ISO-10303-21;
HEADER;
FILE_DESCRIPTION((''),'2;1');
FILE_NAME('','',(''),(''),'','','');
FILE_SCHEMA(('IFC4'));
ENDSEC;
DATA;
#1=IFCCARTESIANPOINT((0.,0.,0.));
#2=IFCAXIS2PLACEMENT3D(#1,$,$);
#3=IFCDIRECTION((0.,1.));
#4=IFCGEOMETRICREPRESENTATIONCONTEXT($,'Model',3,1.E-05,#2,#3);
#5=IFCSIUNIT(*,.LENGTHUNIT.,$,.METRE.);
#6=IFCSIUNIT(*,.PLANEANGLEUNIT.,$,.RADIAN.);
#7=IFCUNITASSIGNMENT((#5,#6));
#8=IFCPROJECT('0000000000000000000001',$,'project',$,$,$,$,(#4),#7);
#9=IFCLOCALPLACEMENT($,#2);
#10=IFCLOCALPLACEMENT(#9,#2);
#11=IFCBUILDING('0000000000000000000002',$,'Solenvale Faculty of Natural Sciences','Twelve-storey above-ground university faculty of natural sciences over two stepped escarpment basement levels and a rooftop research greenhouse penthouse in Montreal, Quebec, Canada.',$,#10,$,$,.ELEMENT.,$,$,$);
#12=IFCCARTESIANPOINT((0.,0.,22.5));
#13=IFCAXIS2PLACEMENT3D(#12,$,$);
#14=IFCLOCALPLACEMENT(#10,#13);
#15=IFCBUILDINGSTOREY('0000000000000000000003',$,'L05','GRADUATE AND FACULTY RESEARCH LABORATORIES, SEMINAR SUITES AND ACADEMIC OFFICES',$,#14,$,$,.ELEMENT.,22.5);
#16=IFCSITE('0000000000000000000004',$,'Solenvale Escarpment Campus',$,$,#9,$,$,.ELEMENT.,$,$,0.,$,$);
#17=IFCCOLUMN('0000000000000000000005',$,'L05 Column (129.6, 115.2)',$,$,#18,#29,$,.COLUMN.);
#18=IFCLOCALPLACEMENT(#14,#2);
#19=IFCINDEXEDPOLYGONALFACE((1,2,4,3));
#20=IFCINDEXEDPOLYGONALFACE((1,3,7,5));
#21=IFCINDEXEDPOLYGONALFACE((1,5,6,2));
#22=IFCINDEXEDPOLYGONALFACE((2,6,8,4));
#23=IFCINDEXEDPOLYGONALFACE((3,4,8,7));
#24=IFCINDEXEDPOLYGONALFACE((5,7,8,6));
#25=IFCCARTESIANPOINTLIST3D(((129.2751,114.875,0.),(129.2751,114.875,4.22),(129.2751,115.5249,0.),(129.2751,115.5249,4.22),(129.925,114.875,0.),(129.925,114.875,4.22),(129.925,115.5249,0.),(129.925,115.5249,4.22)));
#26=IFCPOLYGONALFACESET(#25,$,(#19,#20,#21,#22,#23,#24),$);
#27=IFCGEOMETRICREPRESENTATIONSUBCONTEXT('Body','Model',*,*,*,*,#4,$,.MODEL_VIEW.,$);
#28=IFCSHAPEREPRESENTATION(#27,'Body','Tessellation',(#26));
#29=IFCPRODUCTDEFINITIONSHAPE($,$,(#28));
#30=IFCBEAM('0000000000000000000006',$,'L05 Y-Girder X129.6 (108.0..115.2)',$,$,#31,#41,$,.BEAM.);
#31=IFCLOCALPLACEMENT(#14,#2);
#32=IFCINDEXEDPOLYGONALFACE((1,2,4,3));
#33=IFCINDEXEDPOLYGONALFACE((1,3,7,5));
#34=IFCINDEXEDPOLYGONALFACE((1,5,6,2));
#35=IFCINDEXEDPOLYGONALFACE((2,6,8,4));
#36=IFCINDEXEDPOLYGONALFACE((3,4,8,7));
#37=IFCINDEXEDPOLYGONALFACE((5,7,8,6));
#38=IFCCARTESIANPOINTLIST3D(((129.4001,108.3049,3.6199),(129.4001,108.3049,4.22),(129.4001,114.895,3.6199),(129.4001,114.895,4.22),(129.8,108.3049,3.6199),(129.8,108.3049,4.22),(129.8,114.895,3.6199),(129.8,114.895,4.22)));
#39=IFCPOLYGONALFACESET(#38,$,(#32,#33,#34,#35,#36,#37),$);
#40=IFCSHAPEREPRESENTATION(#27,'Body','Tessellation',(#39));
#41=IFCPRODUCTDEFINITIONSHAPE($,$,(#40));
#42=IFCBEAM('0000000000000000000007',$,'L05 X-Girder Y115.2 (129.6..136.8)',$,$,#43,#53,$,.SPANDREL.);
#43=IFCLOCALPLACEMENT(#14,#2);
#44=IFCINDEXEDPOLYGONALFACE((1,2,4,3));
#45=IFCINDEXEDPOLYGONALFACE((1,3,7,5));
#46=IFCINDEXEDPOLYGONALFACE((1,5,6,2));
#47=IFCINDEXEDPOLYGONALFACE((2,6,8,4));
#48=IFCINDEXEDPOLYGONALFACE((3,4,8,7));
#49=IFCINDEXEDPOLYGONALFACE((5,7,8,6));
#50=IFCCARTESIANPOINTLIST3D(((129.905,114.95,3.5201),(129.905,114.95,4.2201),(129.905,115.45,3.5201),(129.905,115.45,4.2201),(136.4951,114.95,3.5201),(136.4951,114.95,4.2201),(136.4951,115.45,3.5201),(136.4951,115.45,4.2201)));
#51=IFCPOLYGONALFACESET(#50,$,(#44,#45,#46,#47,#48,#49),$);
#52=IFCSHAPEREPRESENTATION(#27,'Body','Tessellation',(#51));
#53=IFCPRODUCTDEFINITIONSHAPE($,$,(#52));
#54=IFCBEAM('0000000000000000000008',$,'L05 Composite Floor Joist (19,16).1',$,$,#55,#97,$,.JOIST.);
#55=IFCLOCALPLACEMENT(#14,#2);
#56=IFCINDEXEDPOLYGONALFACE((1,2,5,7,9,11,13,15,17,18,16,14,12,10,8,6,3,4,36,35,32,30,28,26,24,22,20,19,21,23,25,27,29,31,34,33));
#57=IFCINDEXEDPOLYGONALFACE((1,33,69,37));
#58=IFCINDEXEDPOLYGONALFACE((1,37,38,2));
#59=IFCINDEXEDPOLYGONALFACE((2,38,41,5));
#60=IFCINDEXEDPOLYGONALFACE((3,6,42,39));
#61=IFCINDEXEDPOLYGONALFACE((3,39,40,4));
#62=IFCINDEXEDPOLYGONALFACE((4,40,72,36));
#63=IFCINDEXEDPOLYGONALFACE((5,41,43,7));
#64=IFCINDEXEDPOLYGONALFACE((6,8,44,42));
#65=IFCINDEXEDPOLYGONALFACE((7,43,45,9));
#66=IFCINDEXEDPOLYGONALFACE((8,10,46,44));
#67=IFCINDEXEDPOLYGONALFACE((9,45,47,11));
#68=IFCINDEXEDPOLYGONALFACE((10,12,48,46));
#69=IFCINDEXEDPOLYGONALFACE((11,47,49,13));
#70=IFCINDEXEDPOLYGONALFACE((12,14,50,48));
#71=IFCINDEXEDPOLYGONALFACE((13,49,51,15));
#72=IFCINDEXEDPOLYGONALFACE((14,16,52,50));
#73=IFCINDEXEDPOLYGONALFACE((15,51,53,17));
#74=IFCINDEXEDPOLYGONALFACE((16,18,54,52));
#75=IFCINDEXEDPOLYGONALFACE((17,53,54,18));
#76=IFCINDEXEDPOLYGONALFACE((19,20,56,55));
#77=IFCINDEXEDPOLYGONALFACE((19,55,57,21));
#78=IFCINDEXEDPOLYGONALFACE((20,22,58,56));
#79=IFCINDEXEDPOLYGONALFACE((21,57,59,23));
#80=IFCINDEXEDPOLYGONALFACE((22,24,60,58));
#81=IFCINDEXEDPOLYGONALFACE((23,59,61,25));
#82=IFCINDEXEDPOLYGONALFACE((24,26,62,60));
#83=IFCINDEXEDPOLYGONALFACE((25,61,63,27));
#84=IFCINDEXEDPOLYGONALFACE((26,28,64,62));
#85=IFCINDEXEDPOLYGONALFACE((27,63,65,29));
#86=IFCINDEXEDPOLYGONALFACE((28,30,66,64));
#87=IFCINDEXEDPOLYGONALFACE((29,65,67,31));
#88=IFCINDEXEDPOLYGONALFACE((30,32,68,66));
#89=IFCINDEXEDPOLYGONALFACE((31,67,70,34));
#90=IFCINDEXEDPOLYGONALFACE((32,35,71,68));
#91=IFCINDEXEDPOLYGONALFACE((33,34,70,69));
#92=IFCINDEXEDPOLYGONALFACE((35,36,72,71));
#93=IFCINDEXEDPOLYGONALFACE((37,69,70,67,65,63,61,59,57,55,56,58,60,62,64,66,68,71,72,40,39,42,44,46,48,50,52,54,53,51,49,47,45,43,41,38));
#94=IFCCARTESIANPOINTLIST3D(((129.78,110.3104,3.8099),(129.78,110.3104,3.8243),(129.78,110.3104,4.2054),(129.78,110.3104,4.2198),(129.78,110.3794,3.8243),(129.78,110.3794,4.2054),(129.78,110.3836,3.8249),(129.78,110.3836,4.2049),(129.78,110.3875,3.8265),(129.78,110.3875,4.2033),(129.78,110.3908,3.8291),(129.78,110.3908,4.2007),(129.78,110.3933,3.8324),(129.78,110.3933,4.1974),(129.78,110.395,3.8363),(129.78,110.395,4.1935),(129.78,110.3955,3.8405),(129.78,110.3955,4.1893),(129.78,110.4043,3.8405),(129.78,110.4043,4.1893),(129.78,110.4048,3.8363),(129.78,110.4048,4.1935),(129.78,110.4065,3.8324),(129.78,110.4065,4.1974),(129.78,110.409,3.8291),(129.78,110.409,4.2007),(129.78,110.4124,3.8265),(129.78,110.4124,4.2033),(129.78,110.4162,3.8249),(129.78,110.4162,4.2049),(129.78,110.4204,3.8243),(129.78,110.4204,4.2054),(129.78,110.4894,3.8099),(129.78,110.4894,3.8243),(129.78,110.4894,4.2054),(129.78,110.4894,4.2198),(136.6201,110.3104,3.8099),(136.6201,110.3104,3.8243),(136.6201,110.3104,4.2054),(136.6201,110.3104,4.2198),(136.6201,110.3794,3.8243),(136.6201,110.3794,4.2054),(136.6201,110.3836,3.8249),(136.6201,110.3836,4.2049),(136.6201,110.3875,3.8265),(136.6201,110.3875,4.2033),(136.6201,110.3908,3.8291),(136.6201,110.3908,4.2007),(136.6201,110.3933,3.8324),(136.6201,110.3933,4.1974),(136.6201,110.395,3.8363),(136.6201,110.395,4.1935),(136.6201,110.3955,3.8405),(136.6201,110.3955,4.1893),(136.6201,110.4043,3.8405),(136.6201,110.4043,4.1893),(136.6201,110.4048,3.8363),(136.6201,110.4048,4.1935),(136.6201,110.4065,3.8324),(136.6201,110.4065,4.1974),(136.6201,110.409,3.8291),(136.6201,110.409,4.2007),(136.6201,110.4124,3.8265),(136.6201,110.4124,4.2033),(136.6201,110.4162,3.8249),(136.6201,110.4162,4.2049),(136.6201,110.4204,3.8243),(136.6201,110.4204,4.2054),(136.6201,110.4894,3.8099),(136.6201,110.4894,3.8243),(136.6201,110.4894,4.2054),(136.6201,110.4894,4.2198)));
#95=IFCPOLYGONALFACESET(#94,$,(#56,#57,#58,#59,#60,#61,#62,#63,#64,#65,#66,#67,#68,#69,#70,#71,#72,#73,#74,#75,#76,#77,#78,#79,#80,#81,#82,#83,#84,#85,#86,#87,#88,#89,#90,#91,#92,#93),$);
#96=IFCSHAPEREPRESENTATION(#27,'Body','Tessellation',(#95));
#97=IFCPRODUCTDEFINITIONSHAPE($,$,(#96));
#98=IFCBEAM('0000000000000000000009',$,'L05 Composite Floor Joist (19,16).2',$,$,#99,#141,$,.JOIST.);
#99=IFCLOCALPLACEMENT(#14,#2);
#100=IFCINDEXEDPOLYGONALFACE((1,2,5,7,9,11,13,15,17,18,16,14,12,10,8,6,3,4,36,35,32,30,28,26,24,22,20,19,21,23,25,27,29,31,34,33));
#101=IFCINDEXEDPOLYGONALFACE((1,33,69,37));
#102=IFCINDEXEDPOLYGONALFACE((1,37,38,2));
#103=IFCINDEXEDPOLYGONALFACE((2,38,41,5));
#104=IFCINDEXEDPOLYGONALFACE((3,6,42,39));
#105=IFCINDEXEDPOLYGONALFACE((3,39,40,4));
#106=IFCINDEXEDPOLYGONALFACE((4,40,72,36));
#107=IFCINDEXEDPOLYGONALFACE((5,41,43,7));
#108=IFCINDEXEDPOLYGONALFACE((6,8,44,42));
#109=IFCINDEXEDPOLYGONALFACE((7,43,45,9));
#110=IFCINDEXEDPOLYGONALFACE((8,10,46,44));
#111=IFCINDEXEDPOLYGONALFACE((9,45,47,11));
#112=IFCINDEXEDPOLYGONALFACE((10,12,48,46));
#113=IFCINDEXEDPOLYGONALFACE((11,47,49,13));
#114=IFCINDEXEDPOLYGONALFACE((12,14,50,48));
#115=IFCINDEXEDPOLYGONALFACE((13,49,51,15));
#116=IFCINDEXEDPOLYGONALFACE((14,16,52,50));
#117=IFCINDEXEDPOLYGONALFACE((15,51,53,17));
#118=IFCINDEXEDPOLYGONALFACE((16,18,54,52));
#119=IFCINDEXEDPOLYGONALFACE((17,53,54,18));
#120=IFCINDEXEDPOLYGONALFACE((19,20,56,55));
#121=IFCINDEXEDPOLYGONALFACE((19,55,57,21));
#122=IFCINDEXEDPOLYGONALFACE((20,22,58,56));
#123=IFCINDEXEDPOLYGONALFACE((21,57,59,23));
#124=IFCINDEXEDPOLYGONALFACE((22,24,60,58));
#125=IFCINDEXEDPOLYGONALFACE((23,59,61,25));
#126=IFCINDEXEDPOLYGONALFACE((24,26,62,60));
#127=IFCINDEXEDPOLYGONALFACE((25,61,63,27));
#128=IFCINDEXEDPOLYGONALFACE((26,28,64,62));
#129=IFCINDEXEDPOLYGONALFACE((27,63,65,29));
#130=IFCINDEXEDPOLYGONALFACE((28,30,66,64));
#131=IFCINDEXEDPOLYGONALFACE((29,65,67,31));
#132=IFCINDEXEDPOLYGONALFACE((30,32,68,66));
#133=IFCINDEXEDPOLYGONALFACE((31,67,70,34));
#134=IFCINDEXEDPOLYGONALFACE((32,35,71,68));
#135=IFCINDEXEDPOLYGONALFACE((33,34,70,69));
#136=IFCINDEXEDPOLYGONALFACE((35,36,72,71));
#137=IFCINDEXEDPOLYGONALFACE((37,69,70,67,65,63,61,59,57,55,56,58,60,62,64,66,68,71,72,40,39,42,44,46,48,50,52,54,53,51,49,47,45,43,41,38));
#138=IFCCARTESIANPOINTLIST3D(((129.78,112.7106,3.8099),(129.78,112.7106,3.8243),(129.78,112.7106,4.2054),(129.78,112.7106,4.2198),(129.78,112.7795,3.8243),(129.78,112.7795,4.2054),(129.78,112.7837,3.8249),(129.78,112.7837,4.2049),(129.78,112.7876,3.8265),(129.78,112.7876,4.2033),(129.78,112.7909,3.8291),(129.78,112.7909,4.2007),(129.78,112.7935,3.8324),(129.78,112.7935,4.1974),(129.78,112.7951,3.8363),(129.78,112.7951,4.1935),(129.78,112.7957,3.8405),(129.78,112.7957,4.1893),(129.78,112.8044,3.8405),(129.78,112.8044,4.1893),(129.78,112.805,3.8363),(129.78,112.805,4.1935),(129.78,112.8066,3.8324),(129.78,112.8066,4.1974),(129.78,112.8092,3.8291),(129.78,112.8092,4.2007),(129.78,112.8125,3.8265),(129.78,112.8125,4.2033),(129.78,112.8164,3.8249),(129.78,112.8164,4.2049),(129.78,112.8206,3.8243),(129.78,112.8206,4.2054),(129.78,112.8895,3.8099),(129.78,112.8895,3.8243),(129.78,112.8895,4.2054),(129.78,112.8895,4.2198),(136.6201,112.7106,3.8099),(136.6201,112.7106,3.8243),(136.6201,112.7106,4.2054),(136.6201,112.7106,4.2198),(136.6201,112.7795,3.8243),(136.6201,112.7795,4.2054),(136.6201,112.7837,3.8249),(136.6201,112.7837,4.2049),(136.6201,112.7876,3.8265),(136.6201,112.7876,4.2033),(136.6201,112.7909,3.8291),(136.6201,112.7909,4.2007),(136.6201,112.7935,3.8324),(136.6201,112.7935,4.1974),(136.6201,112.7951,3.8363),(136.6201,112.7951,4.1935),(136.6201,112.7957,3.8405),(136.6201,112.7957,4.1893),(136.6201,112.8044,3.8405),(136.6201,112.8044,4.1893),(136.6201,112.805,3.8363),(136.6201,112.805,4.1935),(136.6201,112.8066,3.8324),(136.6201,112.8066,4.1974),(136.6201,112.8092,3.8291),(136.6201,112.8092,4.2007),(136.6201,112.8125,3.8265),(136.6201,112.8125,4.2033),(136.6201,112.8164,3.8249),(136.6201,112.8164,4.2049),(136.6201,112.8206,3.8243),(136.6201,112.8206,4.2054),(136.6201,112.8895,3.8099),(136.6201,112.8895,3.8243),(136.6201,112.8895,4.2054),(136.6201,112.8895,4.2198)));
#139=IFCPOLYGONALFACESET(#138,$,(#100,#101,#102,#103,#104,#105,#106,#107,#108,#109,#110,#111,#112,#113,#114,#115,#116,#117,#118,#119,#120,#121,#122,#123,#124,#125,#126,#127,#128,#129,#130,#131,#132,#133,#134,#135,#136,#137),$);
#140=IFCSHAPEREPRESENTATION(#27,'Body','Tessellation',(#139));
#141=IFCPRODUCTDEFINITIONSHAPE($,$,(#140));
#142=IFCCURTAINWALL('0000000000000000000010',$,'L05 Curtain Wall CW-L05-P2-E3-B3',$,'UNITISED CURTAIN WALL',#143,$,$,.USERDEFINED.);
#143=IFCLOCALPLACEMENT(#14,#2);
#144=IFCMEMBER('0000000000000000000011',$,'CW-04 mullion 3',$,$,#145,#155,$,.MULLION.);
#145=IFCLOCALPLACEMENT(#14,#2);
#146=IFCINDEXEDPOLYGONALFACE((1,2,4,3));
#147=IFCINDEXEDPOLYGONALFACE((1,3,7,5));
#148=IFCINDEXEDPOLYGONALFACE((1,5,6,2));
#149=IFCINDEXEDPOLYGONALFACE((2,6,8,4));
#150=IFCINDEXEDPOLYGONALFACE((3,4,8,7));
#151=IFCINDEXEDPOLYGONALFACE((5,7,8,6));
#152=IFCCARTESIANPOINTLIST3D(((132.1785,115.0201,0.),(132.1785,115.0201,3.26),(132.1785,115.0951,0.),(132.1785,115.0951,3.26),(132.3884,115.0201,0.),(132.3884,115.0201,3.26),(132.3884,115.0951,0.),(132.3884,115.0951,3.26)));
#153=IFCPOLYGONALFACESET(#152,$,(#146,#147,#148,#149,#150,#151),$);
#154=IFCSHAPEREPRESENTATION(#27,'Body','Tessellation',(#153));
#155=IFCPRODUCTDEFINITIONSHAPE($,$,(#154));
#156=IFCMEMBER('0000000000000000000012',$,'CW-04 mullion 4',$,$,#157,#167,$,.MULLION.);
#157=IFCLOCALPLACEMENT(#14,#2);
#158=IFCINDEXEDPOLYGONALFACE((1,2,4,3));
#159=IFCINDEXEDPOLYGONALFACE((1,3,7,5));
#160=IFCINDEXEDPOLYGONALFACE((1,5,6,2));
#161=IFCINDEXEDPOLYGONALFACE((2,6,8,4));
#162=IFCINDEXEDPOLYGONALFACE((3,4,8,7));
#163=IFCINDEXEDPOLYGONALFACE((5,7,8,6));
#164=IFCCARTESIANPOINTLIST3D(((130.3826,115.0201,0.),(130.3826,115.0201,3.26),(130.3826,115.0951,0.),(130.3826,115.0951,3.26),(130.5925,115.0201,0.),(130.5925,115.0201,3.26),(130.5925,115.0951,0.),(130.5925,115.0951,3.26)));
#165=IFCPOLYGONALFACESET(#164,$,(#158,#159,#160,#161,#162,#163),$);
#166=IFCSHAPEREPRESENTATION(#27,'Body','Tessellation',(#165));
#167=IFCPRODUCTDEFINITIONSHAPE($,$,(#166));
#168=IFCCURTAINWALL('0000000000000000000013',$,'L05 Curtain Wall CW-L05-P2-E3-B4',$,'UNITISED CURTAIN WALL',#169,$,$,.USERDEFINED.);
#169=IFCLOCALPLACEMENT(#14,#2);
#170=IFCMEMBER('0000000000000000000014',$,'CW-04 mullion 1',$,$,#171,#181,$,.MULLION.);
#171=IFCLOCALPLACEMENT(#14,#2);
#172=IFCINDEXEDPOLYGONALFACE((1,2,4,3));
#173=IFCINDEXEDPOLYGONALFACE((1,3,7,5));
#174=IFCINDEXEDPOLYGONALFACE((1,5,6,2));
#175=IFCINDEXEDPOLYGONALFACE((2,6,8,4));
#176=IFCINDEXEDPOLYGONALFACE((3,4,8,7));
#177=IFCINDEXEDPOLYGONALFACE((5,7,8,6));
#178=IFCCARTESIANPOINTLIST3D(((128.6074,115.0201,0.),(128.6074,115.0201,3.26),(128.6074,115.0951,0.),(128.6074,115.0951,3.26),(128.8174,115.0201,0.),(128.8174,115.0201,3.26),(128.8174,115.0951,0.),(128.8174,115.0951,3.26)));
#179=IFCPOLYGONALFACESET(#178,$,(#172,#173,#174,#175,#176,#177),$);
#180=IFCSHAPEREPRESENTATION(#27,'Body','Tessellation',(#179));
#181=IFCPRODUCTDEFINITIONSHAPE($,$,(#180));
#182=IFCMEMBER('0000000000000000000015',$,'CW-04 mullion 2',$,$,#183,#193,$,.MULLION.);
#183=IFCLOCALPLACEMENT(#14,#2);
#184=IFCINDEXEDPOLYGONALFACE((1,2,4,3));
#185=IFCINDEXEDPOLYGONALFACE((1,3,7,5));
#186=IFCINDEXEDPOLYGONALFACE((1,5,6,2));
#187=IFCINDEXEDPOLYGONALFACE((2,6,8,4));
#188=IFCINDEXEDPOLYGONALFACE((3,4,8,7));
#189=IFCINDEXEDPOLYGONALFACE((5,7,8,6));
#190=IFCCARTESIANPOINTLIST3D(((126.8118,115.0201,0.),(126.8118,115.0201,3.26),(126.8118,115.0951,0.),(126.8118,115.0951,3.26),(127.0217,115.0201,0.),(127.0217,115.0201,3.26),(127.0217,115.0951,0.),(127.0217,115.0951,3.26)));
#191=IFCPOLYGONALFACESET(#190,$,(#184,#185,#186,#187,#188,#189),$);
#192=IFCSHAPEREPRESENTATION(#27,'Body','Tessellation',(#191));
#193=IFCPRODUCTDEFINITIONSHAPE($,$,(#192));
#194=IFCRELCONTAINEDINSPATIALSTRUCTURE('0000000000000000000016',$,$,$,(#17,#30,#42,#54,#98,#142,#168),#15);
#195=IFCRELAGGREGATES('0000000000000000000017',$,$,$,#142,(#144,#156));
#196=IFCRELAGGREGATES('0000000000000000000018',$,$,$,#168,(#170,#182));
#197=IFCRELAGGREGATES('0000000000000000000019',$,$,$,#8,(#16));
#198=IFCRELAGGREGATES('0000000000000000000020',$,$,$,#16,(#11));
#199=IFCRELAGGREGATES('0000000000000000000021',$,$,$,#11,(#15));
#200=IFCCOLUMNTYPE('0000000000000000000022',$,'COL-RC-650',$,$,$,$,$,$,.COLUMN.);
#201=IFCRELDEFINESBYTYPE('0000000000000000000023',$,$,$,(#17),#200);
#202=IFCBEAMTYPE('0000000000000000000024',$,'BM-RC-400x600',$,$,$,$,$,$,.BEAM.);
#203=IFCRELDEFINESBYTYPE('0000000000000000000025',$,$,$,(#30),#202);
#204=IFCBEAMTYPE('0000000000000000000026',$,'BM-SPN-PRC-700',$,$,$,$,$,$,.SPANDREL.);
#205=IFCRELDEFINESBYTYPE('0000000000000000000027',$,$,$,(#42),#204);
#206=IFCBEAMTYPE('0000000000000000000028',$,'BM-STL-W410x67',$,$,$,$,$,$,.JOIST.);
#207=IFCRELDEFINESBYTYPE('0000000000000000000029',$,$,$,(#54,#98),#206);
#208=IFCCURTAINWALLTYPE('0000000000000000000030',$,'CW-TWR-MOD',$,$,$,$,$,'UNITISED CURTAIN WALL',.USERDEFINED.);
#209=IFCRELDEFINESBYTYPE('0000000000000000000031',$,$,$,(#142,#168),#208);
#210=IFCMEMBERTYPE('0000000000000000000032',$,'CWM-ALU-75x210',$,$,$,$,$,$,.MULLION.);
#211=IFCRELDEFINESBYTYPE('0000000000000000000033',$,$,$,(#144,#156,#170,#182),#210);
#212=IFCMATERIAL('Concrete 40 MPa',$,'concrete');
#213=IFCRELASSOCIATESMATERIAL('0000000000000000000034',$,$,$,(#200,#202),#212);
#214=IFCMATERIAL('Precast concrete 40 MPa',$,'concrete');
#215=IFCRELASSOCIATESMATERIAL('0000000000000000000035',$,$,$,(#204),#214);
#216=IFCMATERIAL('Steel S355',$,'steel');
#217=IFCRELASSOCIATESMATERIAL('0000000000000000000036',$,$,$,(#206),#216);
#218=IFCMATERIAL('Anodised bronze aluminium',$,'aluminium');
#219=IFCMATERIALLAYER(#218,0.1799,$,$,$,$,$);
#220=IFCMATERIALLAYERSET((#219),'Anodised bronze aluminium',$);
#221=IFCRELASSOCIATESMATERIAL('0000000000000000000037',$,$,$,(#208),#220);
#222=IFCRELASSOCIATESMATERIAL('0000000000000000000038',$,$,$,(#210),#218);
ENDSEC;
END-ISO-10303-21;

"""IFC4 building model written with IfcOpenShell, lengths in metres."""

from ifc_helpers import new_model, si_unit, direction, frame, origin, origin_2d, place, context, subcontext, project, spatial, rectangle, i_section, extrude, material, layer, layer_set, material_profile, profile_set, type_object, element, aggregate, save


model = new_model("IFC4")

# Units and contexts
model_context = context("Model", 3, precision=1e-05, world=origin(), true_north=direction((0.0, 1.0)))
body_context = subcontext(model_context, "Body", "Model", "MODEL_VIEW")
ifc_project = project(units=[si_unit("LENGTHUNIT", "METRE"), si_unit("PLANEANGLEUNIT", "RADIAN")], contexts=[model_context])

# Site, building, storey
site_placement = place(None, origin())
site = spatial("IfcSite", under=ifc_project, at=site_placement, Name="Solenvale Escarpment Campus", CompositionType="ELEMENT", RefElevation=0.0)
building_placement = place(site_placement, origin())
building = spatial("IfcBuilding", under=site, at=building_placement, Name="Solenvale Faculty of Natural Sciences", Description="Twelve-storey above-ground university faculty of natural sciences over two stepped escarpment basement levels and a rooftop research greenhouse penthouse in Montreal, Quebec, Canada.", CompositionType="ELEMENT")
storey_placement = place(building_placement, frame((0.0, 0.0, 22.5)))
storey = spatial("IfcBuildingStorey", under=building, at=storey_placement, Name="L05", Description="GRADUATE AND FACULTY RESEARCH LABORATORIES, SEMINAR SUITES AND ACADEMIC OFFICES", CompositionType="ELEMENT", Elevation=22.5)

# Column
ifc_material_1 = material(Name="Concrete 40 MPa", Category="concrete")
ifc_material_profile_1 = material_profile(ifc_material_1, rectangle(XDim=0.6499, YDim=0.6499, at=origin_2d()), Name="RC-COL-650x650")
ifc_profile_set_1 = profile_set([ifc_material_profile_1], Name="Concrete 40 MPa")
column_type = type_object("IfcColumnType", Name="COL-RC-650", PredefinedType="COLUMN", material=ifc_profile_set_1)
column_placement = place(storey_placement, frame((129.6001, 115.2, 0.0), z_axis=(0.0, 0.0, 1.0), x_axis=(1.0, 0.0, 0.0)))
element("IfcColumn", 1, at=column_placement, inside=storey, type_object=column_type, Name="L05 Column (129.6, 115.2)", PredefinedType="COLUMN", context=body_context, shape_type="SweptSolid", body=[
    extrude(rectangle(XDim=0.6499, YDim=0.6499, at=origin_2d()), origin(), (0.0, 0.0, 1.0), 4.22),
])

# Beams
ifc_material_profile_2 = material_profile(ifc_material_1, rectangle(XDim=0.3999, YDim=0.6001, at=origin_2d()), Name="RC-BM-400x600")
ifc_profile_set_2 = profile_set([ifc_material_profile_2], Name="Concrete 40 MPa")
beam_type_1 = type_object("IfcBeamType", Name="BM-RC-400x600", PredefinedType="BEAM", material=ifc_profile_set_2)
beam_1_placement = place(storey_placement, frame((129.6001, 108.3049, 3.9199), z_axis=(0.0, 1.0, 0.0), x_axis=(-1.0, 0.0, 0.0)))
element("IfcBeam", 2, at=beam_1_placement, inside=storey, type_object=beam_type_1, Name="L05 Y-Girder X129.6 (108.0..115.2)", PredefinedType="BEAM", context=body_context, shape_type="SweptSolid", body=[
    extrude(rectangle(XDim=0.3999, YDim=0.6001, at=origin_2d()), origin(), (0.0, 0.0, 1.0), 6.5901),
])
ifc_material_2 = material(Name="Precast concrete 40 MPa", Category="concrete")
ifc_material_profile_3 = material_profile(ifc_material_2, rectangle(XDim=0.5, YDim=0.7, at=origin_2d()), Name="RC-BM-500x700")
ifc_profile_set_3 = profile_set([ifc_material_profile_3], Name="Precast concrete 40 MPa")
beam_type_2 = type_object("IfcBeamType", Name="BM-SPN-PRC-700", PredefinedType="SPANDREL", material=ifc_profile_set_3)
beam_2_placement = place(storey_placement, frame((129.905, 115.2, 3.8701), z_axis=(1.0, 0.0, 0.0), x_axis=(0.0, 1.0, 0.0)))
element("IfcBeam", 3, at=beam_2_placement, inside=storey, type_object=beam_type_2, Name="L05 X-Girder Y115.2 (129.6..136.8)", PredefinedType="SPANDREL", context=body_context, shape_type="SweptSolid", body=[
    extrude(rectangle(XDim=0.5, YDim=0.7, at=origin_2d()), origin(), (0.0, 0.0, 1.0), 6.5901),
])
ifc_material_3 = material(Name="Steel S355", Category="steel")
ifc_material_profile_4 = material_profile(ifc_material_3, i_section(OverallWidth=0.179, OverallDepth=0.4099, WebThickness=0.0088, FlangeThickness=0.0144, FilletRadius=0.0161, at=origin_2d()), Name="W410x67")
ifc_profile_set_4 = profile_set([ifc_material_profile_4], Name="Steel S355")
beam_type_3 = type_object("IfcBeamType", Name="BM-STL-W410x67", PredefinedType="JOIST", material=ifc_profile_set_4)
for number, where, z_axis, x_axis, name in (
    (4, (129.78, 110.3999, 4.0149), (1.0, 0.0, 0.0), (0.0, 1.0, 0.0), "L05 Composite Floor Joist (19,16).1"),
    (5, (129.78, 112.8, 4.0149), (1.0, 0.0, 0.0), (0.0, 1.0, 0.0), "L05 Composite Floor Joist (19,16).2"),
):
    element("IfcBeam", number, at=place(storey_placement, frame(where, z_axis=z_axis, x_axis=x_axis)), inside=storey, type_object=beam_type_3, Name=name, PredefinedType="JOIST", context=body_context, shape_type="SweptSolid", body=[
        extrude(i_section(OverallWidth=0.179, OverallDepth=0.4099, WebThickness=0.0088, FlangeThickness=0.0144, FilletRadius=0.0161, at=origin_2d()), origin(), (0.0, 0.0, 1.0), 6.8401),
    ])

# Curtain walls, members
ifc_material_4 = material(Name="Anodised bronze aluminium", Category="aluminium")
ifc_layer_1 = layer(ifc_material_4, 0.1799)
ifc_layer_set_1 = layer_set([ifc_layer_1], Name="Anodised bronze aluminium")
curtain_wall_type = type_object("IfcCurtainWallType", Name="CW-TWR-MOD", ElementType="UNITISED CURTAIN WALL", PredefinedType="USERDEFINED", material=ifc_layer_set_1)
curtain_wall_1_placement = place(storey_placement, origin())
curtain_wall_1 = element("IfcCurtainWall", 6, at=curtain_wall_1_placement, inside=storey, type_object=curtain_wall_type, Name="L05 Curtain Wall CW-L05-P2-E3-B3", ObjectType="UNITISED CURTAIN WALL", PredefinedType="USERDEFINED")
ifc_material_profile_5 = material_profile(ifc_material_4, rectangle(XDim=0.075, YDim=0.21, at=origin_2d()), Name="ALU-MUL-75x210")
ifc_profile_set_5 = profile_set([ifc_material_profile_5], Name="Anodised bronze aluminium")
member_type_1 = type_object("IfcMemberType", Name="CWM-ALU-75x210", PredefinedType="MULLION", material=ifc_profile_set_5)
member_1_placement = place(storey_placement, frame((132.2834, 115.0576, 0.0), z_axis=(0.0, 0.0, 1.0), x_axis=(0.0, -1.0, 0.0)))
member_1 = element("IfcMember", 7, at=member_1_placement, type_object=member_type_1, Name="CW-04 mullion 3", PredefinedType="MULLION", context=body_context, shape_type="SweptSolid", body=[
    extrude(rectangle(XDim=0.075, YDim=0.21, at=origin_2d()), origin(), (0.0, 0.0, 1.0), 3.26),
])
member_2_placement = place(storey_placement, frame((130.4875, 115.0576, 0.0), z_axis=(0.0, 0.0, 1.0), x_axis=(0.0, -1.0, 0.0)))
member_2 = element("IfcMember", 8, at=member_2_placement, type_object=member_type_1, Name="CW-04 mullion 4", PredefinedType="MULLION", context=body_context, shape_type="SweptSolid", body=[
    extrude(rectangle(XDim=0.075, YDim=0.21, at=origin_2d()), origin(), (0.0, 0.0, 1.0), 3.26),
])
curtain_wall_2_placement = place(storey_placement, origin())
curtain_wall_2 = element("IfcCurtainWall", 9, at=curtain_wall_2_placement, inside=storey, type_object=curtain_wall_type, Name="L05 Curtain Wall CW-L05-P2-E3-B4", ObjectType="UNITISED CURTAIN WALL", PredefinedType="USERDEFINED")
member_3_placement = place(storey_placement, frame((128.7124, 115.0576, 0.0), z_axis=(0.0, 0.0, 1.0), x_axis=(0.0, -1.0, 0.0)))
member_3 = element("IfcMember", 10, at=member_3_placement, type_object=member_type_1, Name="CW-04 mullion 1", PredefinedType="MULLION", context=body_context, shape_type="SweptSolid", body=[
    extrude(rectangle(XDim=0.075, YDim=0.21, at=origin_2d()), origin(), (0.0, 0.0, 1.0), 3.26),
])
member_4_placement = place(storey_placement, frame((126.9167, 115.0576, 0.0), z_axis=(0.0, 0.0, 1.0), x_axis=(0.0, -1.0, 0.0)))
member_4 = element("IfcMember", 11, at=member_4_placement, type_object=member_type_1, Name="CW-04 mullion 2", PredefinedType="MULLION", context=body_context, shape_type="SweptSolid", body=[
    extrude(rectangle(XDim=0.075, YDim=0.21, at=origin_2d()), origin(), (0.0, 0.0, 1.0), 3.26),
])

aggregate(curtain_wall_1, [member_1, member_2])
aggregate(curtain_wall_2, [member_3, member_4])

save(model, "model.ifc")
